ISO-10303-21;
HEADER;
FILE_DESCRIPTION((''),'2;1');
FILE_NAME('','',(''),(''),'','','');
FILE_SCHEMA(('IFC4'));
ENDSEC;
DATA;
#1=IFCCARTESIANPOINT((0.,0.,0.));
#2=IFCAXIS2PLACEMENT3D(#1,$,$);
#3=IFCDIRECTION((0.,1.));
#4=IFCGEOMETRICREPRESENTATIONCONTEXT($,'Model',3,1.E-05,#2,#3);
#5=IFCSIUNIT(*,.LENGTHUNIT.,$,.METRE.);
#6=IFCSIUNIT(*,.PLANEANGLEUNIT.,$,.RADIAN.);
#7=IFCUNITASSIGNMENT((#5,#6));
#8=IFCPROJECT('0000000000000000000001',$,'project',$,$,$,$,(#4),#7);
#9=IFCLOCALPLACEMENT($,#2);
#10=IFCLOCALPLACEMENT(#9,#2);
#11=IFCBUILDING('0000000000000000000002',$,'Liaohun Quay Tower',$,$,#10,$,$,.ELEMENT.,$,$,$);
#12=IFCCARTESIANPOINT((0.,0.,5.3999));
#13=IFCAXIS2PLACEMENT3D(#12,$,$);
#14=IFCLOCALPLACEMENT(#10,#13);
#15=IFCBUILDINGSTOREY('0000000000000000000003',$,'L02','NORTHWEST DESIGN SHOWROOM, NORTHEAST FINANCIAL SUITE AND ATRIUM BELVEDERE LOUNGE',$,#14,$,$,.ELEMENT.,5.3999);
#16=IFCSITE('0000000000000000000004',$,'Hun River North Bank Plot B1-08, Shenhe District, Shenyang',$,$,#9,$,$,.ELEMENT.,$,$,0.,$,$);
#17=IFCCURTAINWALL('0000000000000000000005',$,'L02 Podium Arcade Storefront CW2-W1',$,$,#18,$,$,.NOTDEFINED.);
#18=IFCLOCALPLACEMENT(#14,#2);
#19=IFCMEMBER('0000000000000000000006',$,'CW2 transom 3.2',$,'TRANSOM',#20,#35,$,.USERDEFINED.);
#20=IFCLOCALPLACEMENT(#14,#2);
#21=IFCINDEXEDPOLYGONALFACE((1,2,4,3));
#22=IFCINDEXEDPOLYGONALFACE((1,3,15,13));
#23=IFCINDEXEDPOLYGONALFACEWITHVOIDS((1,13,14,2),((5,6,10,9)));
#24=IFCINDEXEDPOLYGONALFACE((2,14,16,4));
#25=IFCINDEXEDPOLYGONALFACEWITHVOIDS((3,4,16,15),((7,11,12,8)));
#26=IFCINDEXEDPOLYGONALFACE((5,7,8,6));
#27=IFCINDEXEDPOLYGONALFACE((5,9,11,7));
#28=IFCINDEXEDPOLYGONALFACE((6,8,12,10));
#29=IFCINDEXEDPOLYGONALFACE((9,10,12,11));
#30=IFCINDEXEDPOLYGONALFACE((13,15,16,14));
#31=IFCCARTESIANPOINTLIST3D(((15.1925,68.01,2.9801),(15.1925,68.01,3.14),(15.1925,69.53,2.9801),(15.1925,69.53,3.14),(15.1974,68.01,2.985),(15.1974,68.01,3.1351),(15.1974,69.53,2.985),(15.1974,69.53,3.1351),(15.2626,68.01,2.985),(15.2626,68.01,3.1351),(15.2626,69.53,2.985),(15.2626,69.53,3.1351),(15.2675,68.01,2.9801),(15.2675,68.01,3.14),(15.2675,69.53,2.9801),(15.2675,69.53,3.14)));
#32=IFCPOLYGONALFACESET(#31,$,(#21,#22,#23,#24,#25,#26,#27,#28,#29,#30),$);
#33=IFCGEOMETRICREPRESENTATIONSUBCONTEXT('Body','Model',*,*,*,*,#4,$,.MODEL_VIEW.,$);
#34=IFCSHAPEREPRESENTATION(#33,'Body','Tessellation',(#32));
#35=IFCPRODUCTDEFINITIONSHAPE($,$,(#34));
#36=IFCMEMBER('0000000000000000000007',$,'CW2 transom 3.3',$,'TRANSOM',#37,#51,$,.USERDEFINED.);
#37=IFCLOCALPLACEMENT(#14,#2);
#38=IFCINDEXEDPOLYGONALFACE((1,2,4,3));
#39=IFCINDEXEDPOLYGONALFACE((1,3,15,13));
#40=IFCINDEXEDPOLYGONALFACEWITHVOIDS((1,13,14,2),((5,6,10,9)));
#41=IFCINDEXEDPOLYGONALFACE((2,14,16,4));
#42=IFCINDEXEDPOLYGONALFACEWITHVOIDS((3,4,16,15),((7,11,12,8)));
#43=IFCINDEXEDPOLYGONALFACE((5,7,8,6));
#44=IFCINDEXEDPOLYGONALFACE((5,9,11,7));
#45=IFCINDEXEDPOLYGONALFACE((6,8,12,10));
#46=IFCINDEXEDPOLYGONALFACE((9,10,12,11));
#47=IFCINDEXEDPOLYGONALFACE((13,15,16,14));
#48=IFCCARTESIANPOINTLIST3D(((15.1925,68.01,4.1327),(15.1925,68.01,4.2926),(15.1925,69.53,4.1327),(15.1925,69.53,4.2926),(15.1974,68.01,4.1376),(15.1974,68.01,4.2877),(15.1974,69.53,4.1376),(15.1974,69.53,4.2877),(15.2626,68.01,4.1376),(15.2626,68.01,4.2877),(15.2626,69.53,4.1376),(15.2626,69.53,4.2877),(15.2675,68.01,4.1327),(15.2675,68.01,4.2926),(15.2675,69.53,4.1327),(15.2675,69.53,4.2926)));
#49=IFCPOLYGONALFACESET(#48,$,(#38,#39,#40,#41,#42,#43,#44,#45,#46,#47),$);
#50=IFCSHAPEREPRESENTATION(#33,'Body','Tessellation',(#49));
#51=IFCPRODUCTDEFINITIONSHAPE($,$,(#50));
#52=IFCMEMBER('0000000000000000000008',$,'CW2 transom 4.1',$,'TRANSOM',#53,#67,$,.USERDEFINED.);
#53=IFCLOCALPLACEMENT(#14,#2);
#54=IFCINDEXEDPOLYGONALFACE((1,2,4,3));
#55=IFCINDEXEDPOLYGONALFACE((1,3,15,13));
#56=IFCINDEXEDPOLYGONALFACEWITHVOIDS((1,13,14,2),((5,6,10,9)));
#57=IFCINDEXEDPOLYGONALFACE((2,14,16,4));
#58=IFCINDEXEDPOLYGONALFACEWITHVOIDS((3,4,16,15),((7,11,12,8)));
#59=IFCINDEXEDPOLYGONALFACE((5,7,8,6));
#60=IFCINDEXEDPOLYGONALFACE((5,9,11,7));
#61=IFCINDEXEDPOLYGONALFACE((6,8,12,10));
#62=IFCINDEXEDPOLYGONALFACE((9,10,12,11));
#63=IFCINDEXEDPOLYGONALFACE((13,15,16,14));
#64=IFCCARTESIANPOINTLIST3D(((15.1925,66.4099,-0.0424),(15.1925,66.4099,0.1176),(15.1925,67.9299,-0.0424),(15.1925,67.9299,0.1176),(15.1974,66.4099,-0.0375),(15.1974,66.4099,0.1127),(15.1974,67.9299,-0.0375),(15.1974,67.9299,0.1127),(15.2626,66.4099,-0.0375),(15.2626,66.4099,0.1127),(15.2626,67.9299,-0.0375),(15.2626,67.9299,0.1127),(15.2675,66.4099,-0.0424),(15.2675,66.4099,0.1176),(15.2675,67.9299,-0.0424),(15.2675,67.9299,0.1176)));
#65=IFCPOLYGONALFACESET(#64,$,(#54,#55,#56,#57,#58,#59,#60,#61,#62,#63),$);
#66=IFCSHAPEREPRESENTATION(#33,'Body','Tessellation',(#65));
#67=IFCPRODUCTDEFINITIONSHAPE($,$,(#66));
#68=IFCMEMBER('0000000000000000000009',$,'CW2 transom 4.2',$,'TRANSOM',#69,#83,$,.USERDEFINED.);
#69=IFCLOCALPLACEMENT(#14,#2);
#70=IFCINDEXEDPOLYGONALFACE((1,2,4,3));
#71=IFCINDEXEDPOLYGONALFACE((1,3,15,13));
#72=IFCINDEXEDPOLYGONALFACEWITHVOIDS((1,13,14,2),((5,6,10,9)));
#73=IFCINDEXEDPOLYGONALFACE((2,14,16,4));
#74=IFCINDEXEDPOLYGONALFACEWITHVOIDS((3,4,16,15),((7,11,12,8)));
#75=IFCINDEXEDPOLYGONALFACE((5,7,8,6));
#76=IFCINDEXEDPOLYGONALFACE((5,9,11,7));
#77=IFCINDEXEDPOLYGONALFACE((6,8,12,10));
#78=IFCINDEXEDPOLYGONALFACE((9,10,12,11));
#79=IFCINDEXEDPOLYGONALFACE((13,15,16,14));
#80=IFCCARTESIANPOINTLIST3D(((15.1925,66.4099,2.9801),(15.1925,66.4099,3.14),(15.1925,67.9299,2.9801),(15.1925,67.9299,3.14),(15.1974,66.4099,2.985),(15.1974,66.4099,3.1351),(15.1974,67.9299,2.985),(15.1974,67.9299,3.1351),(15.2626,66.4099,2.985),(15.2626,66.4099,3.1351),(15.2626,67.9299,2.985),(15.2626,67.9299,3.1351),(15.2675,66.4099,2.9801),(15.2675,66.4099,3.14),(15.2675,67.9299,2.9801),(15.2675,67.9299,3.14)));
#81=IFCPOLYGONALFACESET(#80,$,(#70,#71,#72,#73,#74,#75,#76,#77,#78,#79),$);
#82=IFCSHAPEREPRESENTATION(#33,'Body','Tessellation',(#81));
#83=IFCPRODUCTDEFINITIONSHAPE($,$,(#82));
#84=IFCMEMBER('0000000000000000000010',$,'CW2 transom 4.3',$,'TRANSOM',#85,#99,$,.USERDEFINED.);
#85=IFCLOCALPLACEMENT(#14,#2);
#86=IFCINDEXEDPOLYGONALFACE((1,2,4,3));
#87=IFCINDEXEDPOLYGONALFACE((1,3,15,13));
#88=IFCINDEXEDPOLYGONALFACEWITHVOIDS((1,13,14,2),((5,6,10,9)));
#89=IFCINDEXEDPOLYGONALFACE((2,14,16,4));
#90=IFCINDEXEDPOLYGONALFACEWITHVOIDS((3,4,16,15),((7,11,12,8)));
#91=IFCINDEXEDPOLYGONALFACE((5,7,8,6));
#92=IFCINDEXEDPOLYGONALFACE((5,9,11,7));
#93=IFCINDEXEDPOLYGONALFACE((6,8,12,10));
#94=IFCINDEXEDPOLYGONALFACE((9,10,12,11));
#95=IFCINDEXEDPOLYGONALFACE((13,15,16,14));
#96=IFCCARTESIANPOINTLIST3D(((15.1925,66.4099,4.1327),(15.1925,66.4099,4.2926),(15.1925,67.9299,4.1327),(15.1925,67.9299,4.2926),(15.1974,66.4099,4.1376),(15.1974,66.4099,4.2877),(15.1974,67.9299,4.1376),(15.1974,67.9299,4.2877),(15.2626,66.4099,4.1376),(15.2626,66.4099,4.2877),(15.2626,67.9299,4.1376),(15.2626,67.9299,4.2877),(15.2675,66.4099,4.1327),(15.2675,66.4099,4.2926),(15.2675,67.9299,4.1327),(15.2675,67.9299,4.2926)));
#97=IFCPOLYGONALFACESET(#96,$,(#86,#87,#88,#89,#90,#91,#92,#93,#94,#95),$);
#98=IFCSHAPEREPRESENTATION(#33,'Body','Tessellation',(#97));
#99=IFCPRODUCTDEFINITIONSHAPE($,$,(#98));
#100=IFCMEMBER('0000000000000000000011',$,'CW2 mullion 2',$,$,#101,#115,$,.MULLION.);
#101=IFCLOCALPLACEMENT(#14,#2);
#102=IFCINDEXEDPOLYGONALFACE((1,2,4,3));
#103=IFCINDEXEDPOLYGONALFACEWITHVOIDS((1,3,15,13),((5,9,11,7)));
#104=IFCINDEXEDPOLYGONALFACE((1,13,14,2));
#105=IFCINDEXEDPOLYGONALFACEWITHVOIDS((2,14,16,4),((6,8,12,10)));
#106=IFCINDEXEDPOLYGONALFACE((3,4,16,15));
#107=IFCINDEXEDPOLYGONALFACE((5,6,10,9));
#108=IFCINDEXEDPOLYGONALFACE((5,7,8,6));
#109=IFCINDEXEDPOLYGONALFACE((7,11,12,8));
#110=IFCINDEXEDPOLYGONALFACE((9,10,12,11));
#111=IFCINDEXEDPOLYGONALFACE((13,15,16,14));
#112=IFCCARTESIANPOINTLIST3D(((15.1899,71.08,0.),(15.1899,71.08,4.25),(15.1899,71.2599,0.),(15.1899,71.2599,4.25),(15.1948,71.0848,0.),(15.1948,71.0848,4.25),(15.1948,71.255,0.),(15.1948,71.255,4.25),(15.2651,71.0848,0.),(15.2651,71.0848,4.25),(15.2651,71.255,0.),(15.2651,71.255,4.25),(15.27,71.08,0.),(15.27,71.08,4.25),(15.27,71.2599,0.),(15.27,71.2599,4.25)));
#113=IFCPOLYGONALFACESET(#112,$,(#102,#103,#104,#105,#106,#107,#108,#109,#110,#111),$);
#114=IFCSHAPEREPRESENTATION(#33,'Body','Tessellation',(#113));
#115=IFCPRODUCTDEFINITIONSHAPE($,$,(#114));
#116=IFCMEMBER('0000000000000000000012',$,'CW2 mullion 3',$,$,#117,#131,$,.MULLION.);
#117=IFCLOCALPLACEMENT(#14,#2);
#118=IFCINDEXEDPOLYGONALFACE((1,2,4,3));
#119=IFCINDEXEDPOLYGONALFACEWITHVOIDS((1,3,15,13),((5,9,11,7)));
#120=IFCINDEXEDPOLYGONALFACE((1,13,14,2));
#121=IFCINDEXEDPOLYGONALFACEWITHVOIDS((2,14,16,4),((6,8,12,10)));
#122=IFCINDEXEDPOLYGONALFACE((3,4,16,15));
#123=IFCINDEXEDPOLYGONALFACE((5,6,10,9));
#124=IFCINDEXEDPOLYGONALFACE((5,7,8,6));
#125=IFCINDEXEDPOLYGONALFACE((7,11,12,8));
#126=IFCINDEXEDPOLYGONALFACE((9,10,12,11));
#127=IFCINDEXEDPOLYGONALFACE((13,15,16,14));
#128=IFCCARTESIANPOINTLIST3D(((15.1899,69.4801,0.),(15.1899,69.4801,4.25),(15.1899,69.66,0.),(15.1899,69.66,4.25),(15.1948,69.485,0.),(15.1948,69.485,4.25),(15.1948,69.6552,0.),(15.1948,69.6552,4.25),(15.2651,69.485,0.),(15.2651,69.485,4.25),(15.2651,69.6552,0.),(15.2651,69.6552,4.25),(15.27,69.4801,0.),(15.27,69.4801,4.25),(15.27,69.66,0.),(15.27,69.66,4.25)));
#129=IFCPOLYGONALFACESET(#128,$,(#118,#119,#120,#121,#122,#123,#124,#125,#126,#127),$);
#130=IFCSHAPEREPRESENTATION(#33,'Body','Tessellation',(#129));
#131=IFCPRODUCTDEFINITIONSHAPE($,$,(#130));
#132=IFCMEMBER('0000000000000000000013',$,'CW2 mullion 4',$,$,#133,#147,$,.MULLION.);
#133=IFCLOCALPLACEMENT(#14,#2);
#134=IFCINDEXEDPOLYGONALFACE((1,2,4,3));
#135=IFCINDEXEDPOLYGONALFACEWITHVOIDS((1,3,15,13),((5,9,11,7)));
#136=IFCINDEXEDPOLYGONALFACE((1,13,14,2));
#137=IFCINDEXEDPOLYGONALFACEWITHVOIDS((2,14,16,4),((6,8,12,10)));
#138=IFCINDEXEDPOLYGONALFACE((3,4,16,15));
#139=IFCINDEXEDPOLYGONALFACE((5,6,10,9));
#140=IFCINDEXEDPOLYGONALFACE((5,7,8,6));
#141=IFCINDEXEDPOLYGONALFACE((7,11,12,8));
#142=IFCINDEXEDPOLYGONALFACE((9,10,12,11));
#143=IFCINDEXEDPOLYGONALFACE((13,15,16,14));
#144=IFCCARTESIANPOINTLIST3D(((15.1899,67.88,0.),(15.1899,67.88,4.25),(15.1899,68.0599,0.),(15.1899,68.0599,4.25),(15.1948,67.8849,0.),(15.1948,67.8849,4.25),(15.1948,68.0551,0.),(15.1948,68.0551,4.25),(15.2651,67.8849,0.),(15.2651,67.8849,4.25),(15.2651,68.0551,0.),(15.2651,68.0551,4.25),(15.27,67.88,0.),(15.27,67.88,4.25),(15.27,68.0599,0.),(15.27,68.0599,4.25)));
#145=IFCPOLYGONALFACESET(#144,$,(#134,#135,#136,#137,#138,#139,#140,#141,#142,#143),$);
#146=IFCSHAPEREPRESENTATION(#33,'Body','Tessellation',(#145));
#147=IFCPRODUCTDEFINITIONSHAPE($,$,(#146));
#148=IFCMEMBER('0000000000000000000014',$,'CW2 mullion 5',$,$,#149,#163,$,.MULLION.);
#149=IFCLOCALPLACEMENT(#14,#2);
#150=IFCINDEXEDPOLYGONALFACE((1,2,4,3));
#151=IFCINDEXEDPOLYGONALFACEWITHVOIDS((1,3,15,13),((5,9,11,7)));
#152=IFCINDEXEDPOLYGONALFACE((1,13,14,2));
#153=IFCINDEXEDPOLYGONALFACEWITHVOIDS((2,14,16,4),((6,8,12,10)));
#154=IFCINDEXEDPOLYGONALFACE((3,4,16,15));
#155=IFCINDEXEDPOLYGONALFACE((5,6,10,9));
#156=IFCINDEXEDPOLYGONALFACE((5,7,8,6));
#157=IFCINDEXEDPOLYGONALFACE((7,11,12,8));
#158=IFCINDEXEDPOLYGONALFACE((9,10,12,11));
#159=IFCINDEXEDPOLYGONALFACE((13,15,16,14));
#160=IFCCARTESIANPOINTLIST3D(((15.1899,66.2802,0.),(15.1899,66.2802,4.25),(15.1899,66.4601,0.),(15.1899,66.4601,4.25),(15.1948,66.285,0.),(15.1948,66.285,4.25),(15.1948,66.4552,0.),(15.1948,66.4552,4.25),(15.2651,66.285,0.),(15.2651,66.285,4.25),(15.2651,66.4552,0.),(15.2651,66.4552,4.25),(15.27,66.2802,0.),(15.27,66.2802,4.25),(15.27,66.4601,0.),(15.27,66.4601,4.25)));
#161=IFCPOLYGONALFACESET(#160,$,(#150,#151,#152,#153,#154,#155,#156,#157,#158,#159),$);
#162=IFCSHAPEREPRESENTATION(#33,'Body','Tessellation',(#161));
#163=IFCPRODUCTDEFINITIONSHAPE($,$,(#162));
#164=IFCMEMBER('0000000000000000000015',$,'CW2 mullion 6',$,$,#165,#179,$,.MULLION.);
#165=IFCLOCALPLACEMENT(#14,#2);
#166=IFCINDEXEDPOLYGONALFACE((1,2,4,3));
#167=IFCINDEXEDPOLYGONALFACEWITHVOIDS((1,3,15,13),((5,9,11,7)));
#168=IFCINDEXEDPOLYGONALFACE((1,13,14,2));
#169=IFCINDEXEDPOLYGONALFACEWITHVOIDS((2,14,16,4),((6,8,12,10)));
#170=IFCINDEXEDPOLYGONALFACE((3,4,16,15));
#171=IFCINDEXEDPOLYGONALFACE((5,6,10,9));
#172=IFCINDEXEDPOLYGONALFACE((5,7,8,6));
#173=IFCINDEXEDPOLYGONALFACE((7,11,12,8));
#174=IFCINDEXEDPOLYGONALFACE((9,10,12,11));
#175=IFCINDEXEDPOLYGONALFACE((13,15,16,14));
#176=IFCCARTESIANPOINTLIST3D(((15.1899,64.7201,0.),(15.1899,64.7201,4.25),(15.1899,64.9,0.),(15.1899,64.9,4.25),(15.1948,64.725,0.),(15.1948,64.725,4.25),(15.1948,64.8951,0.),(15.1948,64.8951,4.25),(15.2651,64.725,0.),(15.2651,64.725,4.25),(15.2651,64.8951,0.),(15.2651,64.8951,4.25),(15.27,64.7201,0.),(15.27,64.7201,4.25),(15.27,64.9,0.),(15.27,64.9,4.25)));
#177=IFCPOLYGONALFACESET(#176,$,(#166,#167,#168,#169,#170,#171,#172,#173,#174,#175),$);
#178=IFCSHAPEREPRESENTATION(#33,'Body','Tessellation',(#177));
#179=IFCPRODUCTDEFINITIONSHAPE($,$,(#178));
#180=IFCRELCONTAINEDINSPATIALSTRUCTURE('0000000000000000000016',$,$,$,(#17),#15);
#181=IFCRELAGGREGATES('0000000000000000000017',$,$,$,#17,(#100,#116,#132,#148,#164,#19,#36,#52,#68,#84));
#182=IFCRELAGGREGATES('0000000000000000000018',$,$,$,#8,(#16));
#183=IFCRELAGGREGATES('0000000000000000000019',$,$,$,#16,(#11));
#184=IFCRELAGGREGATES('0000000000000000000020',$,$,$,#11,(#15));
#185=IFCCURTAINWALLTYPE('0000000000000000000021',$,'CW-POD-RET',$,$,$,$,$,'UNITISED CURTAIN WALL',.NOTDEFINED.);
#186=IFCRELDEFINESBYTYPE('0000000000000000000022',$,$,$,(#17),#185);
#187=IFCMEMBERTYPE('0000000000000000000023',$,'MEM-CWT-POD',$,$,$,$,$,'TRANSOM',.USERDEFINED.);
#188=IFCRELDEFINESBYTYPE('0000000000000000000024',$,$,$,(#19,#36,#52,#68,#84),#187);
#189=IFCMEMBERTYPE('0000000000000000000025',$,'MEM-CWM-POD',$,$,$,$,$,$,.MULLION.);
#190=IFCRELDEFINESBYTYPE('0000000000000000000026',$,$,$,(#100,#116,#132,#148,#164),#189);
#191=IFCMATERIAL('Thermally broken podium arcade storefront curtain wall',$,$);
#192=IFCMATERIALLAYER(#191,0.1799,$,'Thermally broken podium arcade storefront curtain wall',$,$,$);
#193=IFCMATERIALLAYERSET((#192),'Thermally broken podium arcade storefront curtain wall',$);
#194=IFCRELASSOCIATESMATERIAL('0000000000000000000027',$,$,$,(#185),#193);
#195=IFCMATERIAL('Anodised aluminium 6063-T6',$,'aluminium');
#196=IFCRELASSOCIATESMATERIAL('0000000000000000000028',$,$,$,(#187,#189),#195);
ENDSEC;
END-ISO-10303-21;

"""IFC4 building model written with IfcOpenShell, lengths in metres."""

from ifc_helpers import new_model, si_unit, direction, frame, origin, origin_2d, place, context, subcontext, project, spatial, hollow_rectangle, extrude, source, transform, mapped, material, layer, layer_set, material_profile, profile_set, type_object, element, aggregate, save


model = new_model("IFC4")

# Units and contexts
model_context = context("Model", 3, precision=1e-05, world=origin(), true_north=direction((0.0, 1.0)))
body_context = subcontext(model_context, "Body", "Model", "MODEL_VIEW")
ifc_project = project(units=[si_unit("LENGTHUNIT", "METRE"), si_unit("PLANEANGLEUNIT", "RADIAN")], contexts=[model_context])

# Site, building, storey
site_placement = place(None, origin())
site = spatial("IfcSite", under=ifc_project, at=site_placement, Name="Hun River North Bank Plot B1-08, Shenhe District, Shenyang", CompositionType="ELEMENT", RefElevation=0.0)
building_placement = place(site_placement, origin())
building = spatial("IfcBuilding", under=site, at=building_placement, Name="Liaohun Quay Tower", CompositionType="ELEMENT")
storey_placement = place(building_placement, frame((0.0, 0.0, 5.3999)))
storey = spatial("IfcBuildingStorey", under=building, at=storey_placement, Name="L02", Description="NORTHWEST DESIGN SHOWROOM, NORTHEAST FINANCIAL SUITE AND ATRIUM BELVEDERE LOUNGE", CompositionType="ELEMENT", Elevation=5.3999)

# Curtain wall, members
ifc_material_1 = material(Name="Thermally broken podium arcade storefront curtain wall")
ifc_layer_1 = layer(ifc_material_1, 0.1799, Name="Thermally broken podium arcade storefront curtain wall")
ifc_layer_set_1 = layer_set([ifc_layer_1], Name="Thermally broken podium arcade storefront curtain wall")
curtain_wall_type = type_object("IfcCurtainWallType", Name="CW-POD-RET", ElementType="UNITISED CURTAIN WALL", PredefinedType="NOTDEFINED", material=ifc_layer_set_1)
curtain_wall_placement = place(storey_placement, origin())
curtain_wall = element("IfcCurtainWall", 1, at=curtain_wall_placement, inside=storey, type_object=curtain_wall_type, Name="L02 Podium Arcade Storefront CW2-W1", PredefinedType="NOTDEFINED")
ifc_material_2 = material(Name="Anodised aluminium 6063-T6", Category="aluminium")
ifc_material_profile_1 = material_profile(ifc_material_2, hollow_rectangle(XDim=0.075, YDim=0.1599, WallThickness=0.0049, at=origin_2d()), Name="RHS160x75x5")
ifc_profile_set_1 = profile_set([ifc_material_profile_1], Name="Anodised aluminium 6063-T6")
member_type_1 = type_object("IfcMemberType", Name="MEM-CWT-POD", ElementType="TRANSOM", PredefinedType="USERDEFINED", material=ifc_profile_set_1)
shared_shape_1 = source(origin(), body_context, "Body", "SweptSolid", [
    extrude(hollow_rectangle(XDim=0.075, YDim=0.1599, WallThickness=0.0049, at=origin_2d()), origin(), (0.0, 0.0, 1.0), 1.52),
])
member_1_placement = place(storey_placement, frame((15.23, 69.53, 3.0601), z_axis=(0.0, -1.0, 0.0), x_axis=(1.0, 0.0, 0.0)))
member_1 = element("IfcMember", 2, at=member_1_placement, type_object=member_type_1, Name="CW2 transom 3.2", ObjectType="TRANSOM", PredefinedType="USERDEFINED", context=body_context, shape_type="MappedRepresentation", body=[
    mapped(shared_shape_1, transform((0.0, 0.0, 0.0), x_axis=(1.0, 0.0, 0.0), y_axis=(0.0, 1.0, 0.0), z_axis=(0.0, 0.0, 1.0), scale=1.0)),
])
member_2_placement = place(storey_placement, frame((15.23, 69.53, 4.2126), z_axis=(0.0, -1.0, 0.0), x_axis=(1.0, 0.0, 0.0)))
member_2 = element("IfcMember", 3, at=member_2_placement, type_object=member_type_1, Name="CW2 transom 3.3", ObjectType="TRANSOM", PredefinedType="USERDEFINED", context=body_context, shape_type="MappedRepresentation", body=[
    mapped(shared_shape_1, transform((0.0, 0.0, 0.0), x_axis=(1.0, 0.0, 0.0), y_axis=(0.0, 1.0, 0.0), z_axis=(0.0, 0.0, 1.0), scale=1.0)),
])
member_3_placement = place(storey_placement, frame((15.23, 67.9299, 0.0376), z_axis=(0.0, -1.0, 0.0), x_axis=(1.0, 0.0, 0.0)))
member_3 = element("IfcMember", 4, at=member_3_placement, type_object=member_type_1, Name="CW2 transom 4.1", ObjectType="TRANSOM", PredefinedType="USERDEFINED", context=body_context, shape_type="MappedRepresentation", body=[
    mapped(shared_shape_1, transform((0.0, 0.0, 0.0), x_axis=(1.0, 0.0, 0.0), y_axis=(0.0, 1.0, 0.0), z_axis=(0.0, 0.0, 1.0), scale=1.0)),
])
member_4_placement = place(storey_placement, frame((15.23, 67.9299, 3.0601), z_axis=(0.0, -1.0, 0.0), x_axis=(1.0, 0.0, 0.0)))
member_4 = element("IfcMember", 5, at=member_4_placement, type_object=member_type_1, Name="CW2 transom 4.2", ObjectType="TRANSOM", PredefinedType="USERDEFINED", context=body_context, shape_type="MappedRepresentation", body=[
    mapped(shared_shape_1, transform((0.0, 0.0, 0.0), x_axis=(1.0, 0.0, 0.0), y_axis=(0.0, 1.0, 0.0), z_axis=(0.0, 0.0, 1.0), scale=1.0)),
])
member_5_placement = place(storey_placement, frame((15.23, 67.9299, 4.2126), z_axis=(0.0, -1.0, 0.0), x_axis=(1.0, 0.0, 0.0)))
member_5 = element("IfcMember", 6, at=member_5_placement, type_object=member_type_1, Name="CW2 transom 4.3", ObjectType="TRANSOM", PredefinedType="USERDEFINED", context=body_context, shape_type="MappedRepresentation", body=[
    mapped(shared_shape_1, transform((0.0, 0.0, 0.0), x_axis=(1.0, 0.0, 0.0), y_axis=(0.0, 1.0, 0.0), z_axis=(0.0, 0.0, 1.0), scale=1.0)),
])
ifc_material_profile_2 = material_profile(ifc_material_2, hollow_rectangle(XDim=0.0801, YDim=0.1799, WallThickness=0.0049, at=origin_2d()), Name="RHS180x80x5")
ifc_profile_set_2 = profile_set([ifc_material_profile_2], Name="Anodised aluminium 6063-T6")
member_type_2 = type_object("IfcMemberType", Name="MEM-CWM-POD", PredefinedType="MULLION", material=ifc_profile_set_2)
shared_shape_2 = source(origin(), body_context, "Body", "SweptSolid", [
    extrude(hollow_rectangle(XDim=0.0801, YDim=0.1799, WallThickness=0.0049, at=origin_2d()), origin(), (0.0, 0.0, 1.0), 4.25),
])
member_6_placement = place(storey_placement, frame((15.23, 71.1699, 0.0), z_axis=(0.0, 0.0, 1.0), x_axis=(1.0, 0.0, 0.0)))
member_6 = element("IfcMember", 7, at=member_6_placement, type_object=member_type_2, Name="CW2 mullion 2", PredefinedType="MULLION", context=body_context, shape_type="MappedRepresentation", body=[
    mapped(shared_shape_2, transform((0.0, 0.0, 0.0), x_axis=(1.0, 0.0, 0.0), y_axis=(0.0, 1.0, 0.0), z_axis=(0.0, 0.0, 1.0), scale=1.0)),
])
member_7_placement = place(storey_placement, frame((15.23, 69.5701, 0.0), z_axis=(0.0, 0.0, 1.0), x_axis=(1.0, 0.0, 0.0)))
member_7 = element("IfcMember", 8, at=member_7_placement, type_object=member_type_2, Name="CW2 mullion 3", PredefinedType="MULLION", context=body_context, shape_type="MappedRepresentation", body=[
    mapped(shared_shape_2, transform((0.0, 0.0, 0.0), x_axis=(1.0, 0.0, 0.0), y_axis=(0.0, 1.0, 0.0), z_axis=(0.0, 0.0, 1.0), scale=1.0)),
])
member_8_placement = place(storey_placement, frame((15.23, 67.97, 0.0), z_axis=(0.0, 0.0, 1.0), x_axis=(1.0, 0.0, 0.0)))
member_8 = element("IfcMember", 9, at=member_8_placement, type_object=member_type_2, Name="CW2 mullion 4", PredefinedType="MULLION", context=body_context, shape_type="MappedRepresentation", body=[
    mapped(shared_shape_2, transform((0.0, 0.0, 0.0), x_axis=(1.0, 0.0, 0.0), y_axis=(0.0, 1.0, 0.0), z_axis=(0.0, 0.0, 1.0), scale=1.0)),
])
member_9_placement = place(storey_placement, frame((15.23, 66.3701, 0.0), z_axis=(0.0, 0.0, 1.0), x_axis=(1.0, 0.0, 0.0)))
member_9 = element("IfcMember", 10, at=member_9_placement, type_object=member_type_2, Name="CW2 mullion 5", PredefinedType="MULLION", context=body_context, shape_type="MappedRepresentation", body=[
    mapped(shared_shape_2, transform((0.0, 0.0, 0.0), x_axis=(1.0, 0.0, 0.0), y_axis=(0.0, 1.0, 0.0), z_axis=(0.0, 0.0, 1.0), scale=1.0)),
])
member_10_placement = place(storey_placement, frame((15.23, 64.8101, 0.0), z_axis=(0.0, 0.0, 1.0), x_axis=(1.0, 0.0, 0.0)))
member_10 = element("IfcMember", 11, at=member_10_placement, type_object=member_type_2, Name="CW2 mullion 6", PredefinedType="MULLION", context=body_context, shape_type="MappedRepresentation", body=[
    mapped(shared_shape_2, transform((0.0, 0.0, 0.0), x_axis=(1.0, 0.0, 0.0), y_axis=(0.0, 1.0, 0.0), z_axis=(0.0, 0.0, 1.0), scale=1.0)),
])
aggregate(curtain_wall, [member_6, member_7, member_8, member_9, member_10, member_1, member_2, member_3, member_4, member_5])

save(model, "model.ifc")
